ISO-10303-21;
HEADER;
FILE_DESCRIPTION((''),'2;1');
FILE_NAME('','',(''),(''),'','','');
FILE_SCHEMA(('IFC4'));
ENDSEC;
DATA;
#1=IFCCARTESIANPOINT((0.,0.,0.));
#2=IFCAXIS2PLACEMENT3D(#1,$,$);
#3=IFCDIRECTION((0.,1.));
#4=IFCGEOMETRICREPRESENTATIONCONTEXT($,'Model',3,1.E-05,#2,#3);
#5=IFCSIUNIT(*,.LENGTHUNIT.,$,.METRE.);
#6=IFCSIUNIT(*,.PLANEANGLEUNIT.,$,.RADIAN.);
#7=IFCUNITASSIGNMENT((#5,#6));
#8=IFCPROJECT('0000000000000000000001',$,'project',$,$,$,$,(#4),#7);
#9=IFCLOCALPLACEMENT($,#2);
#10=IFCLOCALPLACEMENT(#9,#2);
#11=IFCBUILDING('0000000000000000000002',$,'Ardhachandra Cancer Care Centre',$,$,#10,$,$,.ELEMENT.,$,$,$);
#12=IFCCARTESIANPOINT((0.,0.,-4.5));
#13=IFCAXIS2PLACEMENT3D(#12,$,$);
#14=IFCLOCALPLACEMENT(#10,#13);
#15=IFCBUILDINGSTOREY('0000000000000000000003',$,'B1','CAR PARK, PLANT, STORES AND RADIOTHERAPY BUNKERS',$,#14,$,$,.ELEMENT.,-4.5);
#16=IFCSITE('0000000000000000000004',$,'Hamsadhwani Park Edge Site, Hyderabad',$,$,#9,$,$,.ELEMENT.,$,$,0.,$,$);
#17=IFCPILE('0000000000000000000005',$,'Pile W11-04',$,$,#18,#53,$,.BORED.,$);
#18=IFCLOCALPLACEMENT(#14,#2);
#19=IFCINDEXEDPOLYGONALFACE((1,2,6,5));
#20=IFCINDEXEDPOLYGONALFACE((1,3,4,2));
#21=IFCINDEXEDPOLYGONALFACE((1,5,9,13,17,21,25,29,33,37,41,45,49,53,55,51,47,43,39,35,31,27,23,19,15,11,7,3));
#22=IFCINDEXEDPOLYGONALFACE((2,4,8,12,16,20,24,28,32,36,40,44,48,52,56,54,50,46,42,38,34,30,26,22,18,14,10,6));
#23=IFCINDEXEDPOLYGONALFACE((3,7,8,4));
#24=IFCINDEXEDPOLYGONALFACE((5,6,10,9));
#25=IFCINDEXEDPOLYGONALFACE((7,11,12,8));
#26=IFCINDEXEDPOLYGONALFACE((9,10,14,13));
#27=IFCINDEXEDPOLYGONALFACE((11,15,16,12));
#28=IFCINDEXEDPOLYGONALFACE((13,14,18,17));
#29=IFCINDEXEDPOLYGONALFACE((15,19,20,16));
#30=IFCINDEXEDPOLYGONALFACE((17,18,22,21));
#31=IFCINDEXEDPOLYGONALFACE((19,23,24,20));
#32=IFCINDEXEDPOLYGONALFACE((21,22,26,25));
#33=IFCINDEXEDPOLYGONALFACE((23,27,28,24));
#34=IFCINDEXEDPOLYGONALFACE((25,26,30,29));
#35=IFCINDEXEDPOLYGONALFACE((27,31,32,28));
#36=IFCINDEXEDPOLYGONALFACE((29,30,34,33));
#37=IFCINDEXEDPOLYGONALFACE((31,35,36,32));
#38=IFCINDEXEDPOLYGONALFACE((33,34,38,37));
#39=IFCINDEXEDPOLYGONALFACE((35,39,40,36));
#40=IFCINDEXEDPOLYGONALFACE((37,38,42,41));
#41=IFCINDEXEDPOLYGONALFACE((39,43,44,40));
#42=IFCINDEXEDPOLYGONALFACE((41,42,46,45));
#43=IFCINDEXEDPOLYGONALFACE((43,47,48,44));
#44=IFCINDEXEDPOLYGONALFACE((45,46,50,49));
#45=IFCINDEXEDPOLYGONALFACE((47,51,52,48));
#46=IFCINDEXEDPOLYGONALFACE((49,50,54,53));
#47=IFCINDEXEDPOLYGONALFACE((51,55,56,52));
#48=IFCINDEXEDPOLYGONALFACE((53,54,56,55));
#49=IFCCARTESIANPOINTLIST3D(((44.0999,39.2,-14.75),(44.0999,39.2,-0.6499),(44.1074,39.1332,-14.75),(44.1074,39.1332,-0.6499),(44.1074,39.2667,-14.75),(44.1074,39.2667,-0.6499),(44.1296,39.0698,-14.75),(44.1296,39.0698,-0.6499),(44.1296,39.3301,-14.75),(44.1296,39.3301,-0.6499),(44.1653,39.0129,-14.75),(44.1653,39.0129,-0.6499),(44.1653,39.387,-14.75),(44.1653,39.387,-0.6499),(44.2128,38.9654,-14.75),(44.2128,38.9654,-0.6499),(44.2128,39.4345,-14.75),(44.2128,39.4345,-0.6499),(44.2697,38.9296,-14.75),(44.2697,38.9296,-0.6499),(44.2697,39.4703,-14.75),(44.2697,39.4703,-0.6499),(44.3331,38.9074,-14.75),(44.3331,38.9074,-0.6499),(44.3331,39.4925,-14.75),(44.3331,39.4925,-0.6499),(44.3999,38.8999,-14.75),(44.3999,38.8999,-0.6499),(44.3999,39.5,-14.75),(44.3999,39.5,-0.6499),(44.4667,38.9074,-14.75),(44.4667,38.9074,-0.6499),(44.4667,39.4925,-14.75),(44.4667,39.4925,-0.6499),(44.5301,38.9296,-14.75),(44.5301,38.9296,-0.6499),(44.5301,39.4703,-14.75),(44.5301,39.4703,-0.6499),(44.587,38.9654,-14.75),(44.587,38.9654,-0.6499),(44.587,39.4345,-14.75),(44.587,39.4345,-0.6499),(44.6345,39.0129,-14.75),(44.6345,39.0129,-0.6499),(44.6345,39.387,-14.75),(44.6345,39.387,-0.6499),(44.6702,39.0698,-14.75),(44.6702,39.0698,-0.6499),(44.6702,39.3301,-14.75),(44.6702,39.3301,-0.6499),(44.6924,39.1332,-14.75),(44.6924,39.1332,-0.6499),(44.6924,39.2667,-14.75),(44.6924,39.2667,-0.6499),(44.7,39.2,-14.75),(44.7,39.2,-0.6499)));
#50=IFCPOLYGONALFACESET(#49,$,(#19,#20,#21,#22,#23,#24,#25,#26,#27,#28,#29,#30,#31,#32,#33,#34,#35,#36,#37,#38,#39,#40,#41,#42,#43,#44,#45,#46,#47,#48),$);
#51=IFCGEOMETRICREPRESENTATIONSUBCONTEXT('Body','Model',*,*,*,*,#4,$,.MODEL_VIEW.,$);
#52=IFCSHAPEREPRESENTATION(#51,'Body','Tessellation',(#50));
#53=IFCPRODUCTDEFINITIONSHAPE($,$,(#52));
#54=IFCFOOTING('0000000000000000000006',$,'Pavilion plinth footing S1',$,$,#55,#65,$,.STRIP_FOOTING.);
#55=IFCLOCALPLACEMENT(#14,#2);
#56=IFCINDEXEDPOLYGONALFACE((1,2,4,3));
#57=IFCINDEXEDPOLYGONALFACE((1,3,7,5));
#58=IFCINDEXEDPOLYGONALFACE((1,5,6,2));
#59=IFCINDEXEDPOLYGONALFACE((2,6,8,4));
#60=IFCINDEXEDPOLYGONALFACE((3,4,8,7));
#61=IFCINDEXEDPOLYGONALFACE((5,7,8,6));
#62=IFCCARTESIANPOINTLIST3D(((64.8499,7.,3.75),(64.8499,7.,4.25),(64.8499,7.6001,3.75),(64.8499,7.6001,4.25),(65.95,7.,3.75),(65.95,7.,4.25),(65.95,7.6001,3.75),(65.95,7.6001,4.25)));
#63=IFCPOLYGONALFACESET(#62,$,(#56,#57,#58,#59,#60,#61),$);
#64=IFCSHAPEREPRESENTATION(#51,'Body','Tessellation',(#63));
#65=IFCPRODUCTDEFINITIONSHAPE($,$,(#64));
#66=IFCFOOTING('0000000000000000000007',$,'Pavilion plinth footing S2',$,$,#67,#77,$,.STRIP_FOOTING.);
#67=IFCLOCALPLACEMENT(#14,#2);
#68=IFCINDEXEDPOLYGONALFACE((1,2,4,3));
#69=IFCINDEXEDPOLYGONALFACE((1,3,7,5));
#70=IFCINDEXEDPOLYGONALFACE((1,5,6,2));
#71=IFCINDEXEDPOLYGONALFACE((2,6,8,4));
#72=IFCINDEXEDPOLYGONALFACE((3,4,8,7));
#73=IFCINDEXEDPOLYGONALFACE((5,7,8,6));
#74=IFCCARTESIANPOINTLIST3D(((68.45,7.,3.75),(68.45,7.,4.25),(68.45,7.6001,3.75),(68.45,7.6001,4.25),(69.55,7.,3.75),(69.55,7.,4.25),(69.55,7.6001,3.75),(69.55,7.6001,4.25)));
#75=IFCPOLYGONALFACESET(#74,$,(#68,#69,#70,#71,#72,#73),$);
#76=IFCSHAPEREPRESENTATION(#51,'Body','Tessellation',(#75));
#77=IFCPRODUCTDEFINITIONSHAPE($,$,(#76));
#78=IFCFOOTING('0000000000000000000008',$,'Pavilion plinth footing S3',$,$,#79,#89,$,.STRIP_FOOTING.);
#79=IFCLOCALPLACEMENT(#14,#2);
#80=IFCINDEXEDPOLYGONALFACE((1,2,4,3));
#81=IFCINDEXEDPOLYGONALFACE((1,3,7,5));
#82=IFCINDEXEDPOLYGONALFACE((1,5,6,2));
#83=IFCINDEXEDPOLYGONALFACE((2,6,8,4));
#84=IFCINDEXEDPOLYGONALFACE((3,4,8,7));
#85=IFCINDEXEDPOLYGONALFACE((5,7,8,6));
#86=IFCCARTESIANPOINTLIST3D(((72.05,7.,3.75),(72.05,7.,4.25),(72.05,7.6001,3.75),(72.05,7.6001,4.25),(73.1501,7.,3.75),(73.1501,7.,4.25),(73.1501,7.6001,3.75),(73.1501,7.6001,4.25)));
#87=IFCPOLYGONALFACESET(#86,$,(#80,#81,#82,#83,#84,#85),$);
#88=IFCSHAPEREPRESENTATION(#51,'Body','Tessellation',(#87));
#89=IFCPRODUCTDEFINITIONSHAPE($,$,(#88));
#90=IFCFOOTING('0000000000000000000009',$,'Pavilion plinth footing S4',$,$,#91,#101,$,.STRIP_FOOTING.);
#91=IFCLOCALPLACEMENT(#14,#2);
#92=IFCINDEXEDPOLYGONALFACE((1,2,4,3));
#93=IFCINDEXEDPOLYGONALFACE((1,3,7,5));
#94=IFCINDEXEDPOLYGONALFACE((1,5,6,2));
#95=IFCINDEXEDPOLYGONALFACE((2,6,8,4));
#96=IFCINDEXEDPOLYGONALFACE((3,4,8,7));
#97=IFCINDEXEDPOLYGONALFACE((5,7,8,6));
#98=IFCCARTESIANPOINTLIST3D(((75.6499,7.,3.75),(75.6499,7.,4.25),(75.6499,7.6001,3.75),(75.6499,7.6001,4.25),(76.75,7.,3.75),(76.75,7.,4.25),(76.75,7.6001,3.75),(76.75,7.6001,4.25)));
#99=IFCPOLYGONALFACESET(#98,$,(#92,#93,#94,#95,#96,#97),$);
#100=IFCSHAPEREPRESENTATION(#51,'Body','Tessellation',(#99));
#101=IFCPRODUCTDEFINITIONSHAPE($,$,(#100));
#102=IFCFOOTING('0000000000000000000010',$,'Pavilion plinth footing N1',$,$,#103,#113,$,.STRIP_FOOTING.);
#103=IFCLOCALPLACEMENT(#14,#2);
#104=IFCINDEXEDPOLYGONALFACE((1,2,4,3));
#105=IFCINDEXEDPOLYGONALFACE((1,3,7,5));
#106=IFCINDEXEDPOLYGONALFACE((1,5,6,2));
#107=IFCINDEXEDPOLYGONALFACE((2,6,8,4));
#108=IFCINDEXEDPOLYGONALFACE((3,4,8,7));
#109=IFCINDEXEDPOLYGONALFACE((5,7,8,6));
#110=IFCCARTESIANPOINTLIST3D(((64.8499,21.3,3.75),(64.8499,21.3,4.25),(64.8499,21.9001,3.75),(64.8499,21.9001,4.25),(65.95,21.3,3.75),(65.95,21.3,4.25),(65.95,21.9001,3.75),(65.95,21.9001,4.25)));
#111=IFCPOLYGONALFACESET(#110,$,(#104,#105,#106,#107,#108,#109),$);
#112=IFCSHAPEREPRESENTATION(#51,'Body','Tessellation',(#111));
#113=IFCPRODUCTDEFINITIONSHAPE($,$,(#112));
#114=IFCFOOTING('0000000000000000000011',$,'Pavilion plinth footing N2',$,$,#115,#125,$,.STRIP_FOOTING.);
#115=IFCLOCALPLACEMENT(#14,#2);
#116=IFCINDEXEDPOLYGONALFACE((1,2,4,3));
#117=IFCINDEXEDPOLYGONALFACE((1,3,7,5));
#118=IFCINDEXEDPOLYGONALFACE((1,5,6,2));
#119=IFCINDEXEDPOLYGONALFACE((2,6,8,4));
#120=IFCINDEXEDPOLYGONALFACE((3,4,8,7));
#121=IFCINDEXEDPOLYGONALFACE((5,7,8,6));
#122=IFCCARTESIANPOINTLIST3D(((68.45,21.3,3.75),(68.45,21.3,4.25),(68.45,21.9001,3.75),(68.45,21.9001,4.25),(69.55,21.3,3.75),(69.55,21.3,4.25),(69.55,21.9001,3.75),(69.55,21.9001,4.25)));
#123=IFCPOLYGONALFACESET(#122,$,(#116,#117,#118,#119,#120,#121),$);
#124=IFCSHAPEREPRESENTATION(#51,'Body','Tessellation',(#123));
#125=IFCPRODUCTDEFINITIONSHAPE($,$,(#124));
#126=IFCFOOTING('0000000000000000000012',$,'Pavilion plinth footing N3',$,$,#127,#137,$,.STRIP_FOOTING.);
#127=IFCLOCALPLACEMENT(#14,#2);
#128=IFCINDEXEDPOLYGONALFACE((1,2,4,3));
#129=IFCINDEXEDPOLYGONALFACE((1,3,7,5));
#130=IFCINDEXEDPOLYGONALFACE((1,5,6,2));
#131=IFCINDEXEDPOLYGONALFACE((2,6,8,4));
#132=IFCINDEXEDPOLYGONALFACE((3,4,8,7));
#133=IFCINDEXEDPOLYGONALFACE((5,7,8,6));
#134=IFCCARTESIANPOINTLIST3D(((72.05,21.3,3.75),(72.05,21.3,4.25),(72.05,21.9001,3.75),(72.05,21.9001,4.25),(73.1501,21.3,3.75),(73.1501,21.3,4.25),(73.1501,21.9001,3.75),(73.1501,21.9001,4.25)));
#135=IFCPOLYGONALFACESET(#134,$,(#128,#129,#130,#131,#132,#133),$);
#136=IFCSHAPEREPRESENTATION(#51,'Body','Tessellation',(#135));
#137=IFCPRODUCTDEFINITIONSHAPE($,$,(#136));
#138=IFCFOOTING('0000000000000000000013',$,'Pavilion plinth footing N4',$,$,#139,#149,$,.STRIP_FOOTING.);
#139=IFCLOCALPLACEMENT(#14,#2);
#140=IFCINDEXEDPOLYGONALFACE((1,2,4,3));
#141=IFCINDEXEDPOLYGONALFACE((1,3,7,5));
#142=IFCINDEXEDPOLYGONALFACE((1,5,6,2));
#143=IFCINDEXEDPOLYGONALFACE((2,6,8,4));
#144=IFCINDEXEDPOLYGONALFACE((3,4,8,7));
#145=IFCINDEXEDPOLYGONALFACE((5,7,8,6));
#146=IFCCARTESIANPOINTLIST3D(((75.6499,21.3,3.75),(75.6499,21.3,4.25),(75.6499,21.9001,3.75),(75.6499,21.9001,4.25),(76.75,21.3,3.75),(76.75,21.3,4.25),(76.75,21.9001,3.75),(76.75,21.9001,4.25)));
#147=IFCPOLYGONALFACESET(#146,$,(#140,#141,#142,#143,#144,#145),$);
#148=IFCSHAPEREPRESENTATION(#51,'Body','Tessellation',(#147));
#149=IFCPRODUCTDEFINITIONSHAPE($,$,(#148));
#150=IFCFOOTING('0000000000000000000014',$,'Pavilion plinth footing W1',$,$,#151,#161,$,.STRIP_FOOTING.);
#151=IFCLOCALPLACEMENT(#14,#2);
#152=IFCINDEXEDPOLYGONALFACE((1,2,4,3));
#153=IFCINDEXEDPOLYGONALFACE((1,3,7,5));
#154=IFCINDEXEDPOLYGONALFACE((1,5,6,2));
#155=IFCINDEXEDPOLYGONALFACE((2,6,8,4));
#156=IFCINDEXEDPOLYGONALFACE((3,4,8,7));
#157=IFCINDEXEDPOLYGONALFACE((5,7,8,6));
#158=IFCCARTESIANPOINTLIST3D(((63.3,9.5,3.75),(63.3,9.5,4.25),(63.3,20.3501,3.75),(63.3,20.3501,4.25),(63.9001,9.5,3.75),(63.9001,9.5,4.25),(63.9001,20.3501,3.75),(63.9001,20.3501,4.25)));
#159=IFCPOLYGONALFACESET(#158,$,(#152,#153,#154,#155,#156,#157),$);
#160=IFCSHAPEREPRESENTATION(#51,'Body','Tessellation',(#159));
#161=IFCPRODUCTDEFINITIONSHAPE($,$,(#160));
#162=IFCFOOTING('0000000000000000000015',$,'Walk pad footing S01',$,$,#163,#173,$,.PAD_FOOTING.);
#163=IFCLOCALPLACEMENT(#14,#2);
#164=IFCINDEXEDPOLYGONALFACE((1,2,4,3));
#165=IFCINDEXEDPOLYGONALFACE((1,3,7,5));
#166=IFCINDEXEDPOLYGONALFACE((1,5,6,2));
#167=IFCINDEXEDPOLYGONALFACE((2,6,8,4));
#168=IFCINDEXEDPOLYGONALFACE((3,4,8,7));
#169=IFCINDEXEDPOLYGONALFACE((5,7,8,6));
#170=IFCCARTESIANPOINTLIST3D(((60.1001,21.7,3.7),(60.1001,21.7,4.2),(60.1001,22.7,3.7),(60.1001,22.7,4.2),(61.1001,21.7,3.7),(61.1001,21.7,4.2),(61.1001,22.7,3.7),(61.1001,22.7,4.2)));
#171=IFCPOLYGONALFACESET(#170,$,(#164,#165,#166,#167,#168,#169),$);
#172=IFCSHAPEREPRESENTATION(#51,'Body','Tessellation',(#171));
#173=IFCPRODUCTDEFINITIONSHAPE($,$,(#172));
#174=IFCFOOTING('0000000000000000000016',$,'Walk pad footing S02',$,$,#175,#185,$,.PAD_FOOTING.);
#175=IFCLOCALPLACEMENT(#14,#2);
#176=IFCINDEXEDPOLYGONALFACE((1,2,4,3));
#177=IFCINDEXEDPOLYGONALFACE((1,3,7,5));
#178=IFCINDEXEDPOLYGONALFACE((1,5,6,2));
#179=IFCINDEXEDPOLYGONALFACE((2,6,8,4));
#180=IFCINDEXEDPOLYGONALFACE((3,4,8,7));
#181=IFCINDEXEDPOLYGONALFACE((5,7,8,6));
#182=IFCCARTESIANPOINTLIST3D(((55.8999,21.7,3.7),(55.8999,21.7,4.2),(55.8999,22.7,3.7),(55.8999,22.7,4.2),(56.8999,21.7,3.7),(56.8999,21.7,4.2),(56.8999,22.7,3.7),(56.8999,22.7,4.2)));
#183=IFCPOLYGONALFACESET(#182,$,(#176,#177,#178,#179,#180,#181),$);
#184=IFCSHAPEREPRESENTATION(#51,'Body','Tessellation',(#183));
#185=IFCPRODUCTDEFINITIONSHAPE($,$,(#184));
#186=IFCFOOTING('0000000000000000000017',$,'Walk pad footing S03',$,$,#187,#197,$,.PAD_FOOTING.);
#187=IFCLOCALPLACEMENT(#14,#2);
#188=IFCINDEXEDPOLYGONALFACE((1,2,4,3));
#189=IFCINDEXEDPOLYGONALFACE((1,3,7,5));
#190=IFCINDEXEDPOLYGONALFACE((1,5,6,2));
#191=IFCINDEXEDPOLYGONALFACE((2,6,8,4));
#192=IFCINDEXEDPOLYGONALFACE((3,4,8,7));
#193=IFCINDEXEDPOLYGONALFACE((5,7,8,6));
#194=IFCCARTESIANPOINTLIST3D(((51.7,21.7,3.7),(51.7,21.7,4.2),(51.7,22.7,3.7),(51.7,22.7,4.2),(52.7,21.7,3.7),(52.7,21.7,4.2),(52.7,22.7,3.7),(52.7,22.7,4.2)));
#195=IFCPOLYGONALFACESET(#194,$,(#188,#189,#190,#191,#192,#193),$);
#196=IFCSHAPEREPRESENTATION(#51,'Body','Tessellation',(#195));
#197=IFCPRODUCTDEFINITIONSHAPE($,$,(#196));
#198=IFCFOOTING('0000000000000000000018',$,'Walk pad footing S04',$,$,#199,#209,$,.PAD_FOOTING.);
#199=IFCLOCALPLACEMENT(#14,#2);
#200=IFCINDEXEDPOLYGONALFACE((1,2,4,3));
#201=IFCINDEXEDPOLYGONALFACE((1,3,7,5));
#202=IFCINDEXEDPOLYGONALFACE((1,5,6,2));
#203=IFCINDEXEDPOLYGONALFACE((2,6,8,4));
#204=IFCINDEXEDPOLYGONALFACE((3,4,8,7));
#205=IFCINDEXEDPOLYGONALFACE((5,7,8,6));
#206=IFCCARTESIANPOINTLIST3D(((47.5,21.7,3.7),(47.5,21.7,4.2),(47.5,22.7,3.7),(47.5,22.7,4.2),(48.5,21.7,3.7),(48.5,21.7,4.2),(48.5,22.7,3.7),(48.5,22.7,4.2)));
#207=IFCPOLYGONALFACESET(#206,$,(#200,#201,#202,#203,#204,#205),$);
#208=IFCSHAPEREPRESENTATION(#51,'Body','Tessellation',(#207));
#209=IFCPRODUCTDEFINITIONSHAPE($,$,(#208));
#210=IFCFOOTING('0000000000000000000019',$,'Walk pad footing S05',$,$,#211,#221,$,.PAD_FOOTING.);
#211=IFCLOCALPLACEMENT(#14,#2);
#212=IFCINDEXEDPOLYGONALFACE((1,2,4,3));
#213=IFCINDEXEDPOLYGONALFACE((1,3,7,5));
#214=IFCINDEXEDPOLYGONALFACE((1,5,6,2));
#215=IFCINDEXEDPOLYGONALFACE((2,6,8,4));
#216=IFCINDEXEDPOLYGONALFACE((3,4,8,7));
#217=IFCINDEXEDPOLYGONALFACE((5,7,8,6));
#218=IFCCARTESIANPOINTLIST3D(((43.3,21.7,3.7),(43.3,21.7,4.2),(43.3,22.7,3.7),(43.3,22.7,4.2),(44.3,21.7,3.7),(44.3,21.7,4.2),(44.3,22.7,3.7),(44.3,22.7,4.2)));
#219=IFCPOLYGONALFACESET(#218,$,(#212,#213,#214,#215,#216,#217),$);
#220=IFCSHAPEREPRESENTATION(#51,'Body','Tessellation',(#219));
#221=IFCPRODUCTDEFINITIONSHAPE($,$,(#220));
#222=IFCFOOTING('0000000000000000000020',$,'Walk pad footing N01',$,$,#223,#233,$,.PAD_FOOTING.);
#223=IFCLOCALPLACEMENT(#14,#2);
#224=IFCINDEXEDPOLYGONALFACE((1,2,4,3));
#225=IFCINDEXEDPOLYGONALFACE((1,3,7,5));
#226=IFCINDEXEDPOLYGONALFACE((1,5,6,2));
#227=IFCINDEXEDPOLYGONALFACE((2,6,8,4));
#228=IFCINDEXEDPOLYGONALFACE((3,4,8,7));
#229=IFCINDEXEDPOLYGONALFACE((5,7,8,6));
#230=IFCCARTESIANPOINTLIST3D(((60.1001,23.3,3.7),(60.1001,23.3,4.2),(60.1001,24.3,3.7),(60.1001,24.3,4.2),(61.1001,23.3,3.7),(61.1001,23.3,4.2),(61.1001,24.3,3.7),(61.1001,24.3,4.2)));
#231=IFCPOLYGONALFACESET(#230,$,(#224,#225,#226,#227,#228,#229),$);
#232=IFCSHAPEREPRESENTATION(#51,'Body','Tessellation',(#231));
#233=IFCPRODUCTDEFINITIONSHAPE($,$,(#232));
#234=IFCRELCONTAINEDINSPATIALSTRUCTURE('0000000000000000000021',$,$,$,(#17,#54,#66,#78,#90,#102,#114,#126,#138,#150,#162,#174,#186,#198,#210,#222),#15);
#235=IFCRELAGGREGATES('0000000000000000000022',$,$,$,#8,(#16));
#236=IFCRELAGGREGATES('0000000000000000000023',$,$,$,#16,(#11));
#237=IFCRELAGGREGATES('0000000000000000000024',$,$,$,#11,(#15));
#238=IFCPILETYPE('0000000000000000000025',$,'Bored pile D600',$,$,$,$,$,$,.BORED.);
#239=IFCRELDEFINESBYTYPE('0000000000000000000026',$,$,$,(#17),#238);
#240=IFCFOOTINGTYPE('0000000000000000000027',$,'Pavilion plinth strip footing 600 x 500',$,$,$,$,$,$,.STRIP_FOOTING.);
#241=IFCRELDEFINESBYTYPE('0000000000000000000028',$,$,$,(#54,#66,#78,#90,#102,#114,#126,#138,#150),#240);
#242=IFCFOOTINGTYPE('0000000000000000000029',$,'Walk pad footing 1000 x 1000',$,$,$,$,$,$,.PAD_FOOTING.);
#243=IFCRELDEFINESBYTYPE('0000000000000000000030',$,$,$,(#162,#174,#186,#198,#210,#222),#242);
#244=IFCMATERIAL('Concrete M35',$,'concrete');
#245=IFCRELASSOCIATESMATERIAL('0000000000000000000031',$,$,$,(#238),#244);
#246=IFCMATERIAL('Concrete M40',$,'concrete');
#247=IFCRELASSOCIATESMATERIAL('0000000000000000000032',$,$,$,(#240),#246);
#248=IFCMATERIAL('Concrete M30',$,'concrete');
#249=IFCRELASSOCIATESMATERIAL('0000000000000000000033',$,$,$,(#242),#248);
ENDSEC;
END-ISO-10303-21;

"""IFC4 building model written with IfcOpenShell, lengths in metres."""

from ifc_helpers import new_model, si_unit, direction, frame, origin, origin_2d, place, context, subcontext, project, spatial, rectangle, circle, extrude, material, material_profile, profile_set, type_object, element, save


model = new_model("IFC4")

# Units and contexts
model_context = context("Model", 3, precision=1e-05, world=origin(), true_north=direction((0.0, 1.0)))
body_context = subcontext(model_context, "Body", "Model", "MODEL_VIEW")
ifc_project = project(units=[si_unit("LENGTHUNIT", "METRE"), si_unit("PLANEANGLEUNIT", "RADIAN")], contexts=[model_context])

# Site, building, storey
site_placement = place(None, origin())
site = spatial("IfcSite", under=ifc_project, at=site_placement, Name="Hamsadhwani Park Edge Site, Hyderabad", CompositionType="ELEMENT", RefElevation=0.0)
building_placement = place(site_placement, origin())
building = spatial("IfcBuilding", under=site, at=building_placement, Name="Ardhachandra Cancer Care Centre", CompositionType="ELEMENT")
storey_placement = place(building_placement, frame((0.0, 0.0, -4.5)))
storey = spatial("IfcBuildingStorey", under=building, at=storey_placement, Name="B1", Description="CAR PARK, PLANT, STORES AND RADIOTHERAPY BUNKERS", CompositionType="ELEMENT", Elevation=-4.5)

# Pile
ifc_material_1 = material(Name="Concrete M35", Category="concrete")
ifc_material_profile_1 = material_profile(ifc_material_1, circle(Radius=0.3, at=origin_2d()), Name="D600")
ifc_profile_set_1 = profile_set([ifc_material_profile_1], Name="Concrete M35")
pile_type_1 = type_object("IfcPileType", Name="Bored pile D600", PredefinedType="BORED", material=ifc_profile_set_1)
pile_placement = place(storey_placement, frame((44.3999, 39.2, -0.6499), z_axis=(0.0, 0.0, -1.0), x_axis=(1.0, 0.0, 0.0)))
element("IfcPile", 1, at=pile_placement, inside=storey, type_object=pile_type_1, Name="Pile W11-04", PredefinedType="BORED", context=body_context, shape_type="SweptSolid", body=[
    extrude(circle(Radius=0.3, at=origin_2d()), origin(), (0.0, 0.0, 1.0), 14.1001),
])

# Footings
ifc_material_2 = material(Name="Concrete M40", Category="concrete")
footing_type_1 = type_object("IfcFootingType", Name="Pavilion plinth strip footing 600 x 500", PredefinedType="STRIP_FOOTING", material=ifc_material_2)
for number, where, z_axis, x_axis, name in (
    (2, (65.3999, 7.3, 3.75), (0.0, 0.0, 1.0), (1.0, 0.0, 0.0), "Pavilion plinth footing S1"),
    (3, (69.0, 7.3, 3.75), (0.0, 0.0, 1.0), (1.0, 0.0, 0.0), "Pavilion plinth footing S2"),
    (4, (72.6001, 7.3, 3.75), (0.0, 0.0, 1.0), (1.0, 0.0, 0.0), "Pavilion plinth footing S3"),
    (5, (76.2, 7.3, 3.75), (0.0, 0.0, 1.0), (1.0, 0.0, 0.0), "Pavilion plinth footing S4"),
    (6, (65.3999, 21.6001, 3.75), (0.0, 0.0, 1.0), (1.0, 0.0, 0.0), "Pavilion plinth footing N1"),
    (7, (69.0, 21.6001, 3.75), (0.0, 0.0, 1.0), (1.0, 0.0, 0.0), "Pavilion plinth footing N2"),
    (8, (72.6001, 21.6001, 3.75), (0.0, 0.0, 1.0), (1.0, 0.0, 0.0), "Pavilion plinth footing N3"),
    (9, (76.2, 21.6001, 3.75), (0.0, 0.0, 1.0), (1.0, 0.0, 0.0), "Pavilion plinth footing N4"),
):
    element("IfcFooting", number, at=place(storey_placement, frame(where, z_axis=z_axis, x_axis=x_axis)), inside=storey, type_object=footing_type_1, Name=name, PredefinedType="STRIP_FOOTING", context=body_context, shape_type="SweptSolid", body=[
        extrude(rectangle(XDim=1.1001, YDim=0.6001, at=origin_2d()), origin(), (0.0, 0.0, 1.0), 0.5),
    ])
footing_placement = place(storey_placement, frame((63.6001, 14.925, 3.75), z_axis=(0.0, 0.0, 1.0), x_axis=(1.0, 0.0, 0.0)))
element("IfcFooting", 10, at=footing_placement, inside=storey, type_object=footing_type_1, Name="Pavilion plinth footing W1", PredefinedType="STRIP_FOOTING", context=body_context, shape_type="SweptSolid", body=[
    extrude(rectangle(XDim=0.6001, YDim=10.8501, at=origin_2d()), origin(), (0.0, 0.0, 1.0), 0.5),
])
ifc_material_3 = material(Name="Concrete M30", Category="concrete")
footing_type_2 = type_object("IfcFootingType", Name="Walk pad footing 1000 x 1000", PredefinedType="PAD_FOOTING", material=ifc_material_3)
for number, where, z_axis, x_axis, name in (
    (11, (60.6001, 22.2, 3.7), (0.0, 0.0, 1.0), (1.0, 0.0, 0.0), "Walk pad footing S01"),
    (12, (56.3999, 22.2, 3.7), (0.0, 0.0, 1.0), (1.0, 0.0, 0.0), "Walk pad footing S02"),
    (13, (52.2, 22.2, 3.7), (0.0, 0.0, 1.0), (1.0, 0.0, 0.0), "Walk pad footing S03"),
    (14, (48.0, 22.2, 3.7), (0.0, 0.0, 1.0), (1.0, 0.0, 0.0), "Walk pad footing S04"),
    (15, (43.8, 22.2, 3.7), (0.0, 0.0, 1.0), (1.0, 0.0, 0.0), "Walk pad footing S05"),
    (16, (60.6001, 23.8, 3.7), (0.0, 0.0, 1.0), (1.0, 0.0, 0.0), "Walk pad footing N01"),
):
    element("IfcFooting", number, at=place(storey_placement, frame(where, z_axis=z_axis, x_axis=x_axis)), inside=storey, type_object=footing_type_2, Name=name, PredefinedType="PAD_FOOTING", context=body_context, shape_type="SweptSolid", body=[
        extrude(rectangle(XDim=1.0, YDim=1.0, at=origin_2d()), origin(), (0.0, 0.0, 1.0), 0.5),
    ])

save(model, "model.ifc")
